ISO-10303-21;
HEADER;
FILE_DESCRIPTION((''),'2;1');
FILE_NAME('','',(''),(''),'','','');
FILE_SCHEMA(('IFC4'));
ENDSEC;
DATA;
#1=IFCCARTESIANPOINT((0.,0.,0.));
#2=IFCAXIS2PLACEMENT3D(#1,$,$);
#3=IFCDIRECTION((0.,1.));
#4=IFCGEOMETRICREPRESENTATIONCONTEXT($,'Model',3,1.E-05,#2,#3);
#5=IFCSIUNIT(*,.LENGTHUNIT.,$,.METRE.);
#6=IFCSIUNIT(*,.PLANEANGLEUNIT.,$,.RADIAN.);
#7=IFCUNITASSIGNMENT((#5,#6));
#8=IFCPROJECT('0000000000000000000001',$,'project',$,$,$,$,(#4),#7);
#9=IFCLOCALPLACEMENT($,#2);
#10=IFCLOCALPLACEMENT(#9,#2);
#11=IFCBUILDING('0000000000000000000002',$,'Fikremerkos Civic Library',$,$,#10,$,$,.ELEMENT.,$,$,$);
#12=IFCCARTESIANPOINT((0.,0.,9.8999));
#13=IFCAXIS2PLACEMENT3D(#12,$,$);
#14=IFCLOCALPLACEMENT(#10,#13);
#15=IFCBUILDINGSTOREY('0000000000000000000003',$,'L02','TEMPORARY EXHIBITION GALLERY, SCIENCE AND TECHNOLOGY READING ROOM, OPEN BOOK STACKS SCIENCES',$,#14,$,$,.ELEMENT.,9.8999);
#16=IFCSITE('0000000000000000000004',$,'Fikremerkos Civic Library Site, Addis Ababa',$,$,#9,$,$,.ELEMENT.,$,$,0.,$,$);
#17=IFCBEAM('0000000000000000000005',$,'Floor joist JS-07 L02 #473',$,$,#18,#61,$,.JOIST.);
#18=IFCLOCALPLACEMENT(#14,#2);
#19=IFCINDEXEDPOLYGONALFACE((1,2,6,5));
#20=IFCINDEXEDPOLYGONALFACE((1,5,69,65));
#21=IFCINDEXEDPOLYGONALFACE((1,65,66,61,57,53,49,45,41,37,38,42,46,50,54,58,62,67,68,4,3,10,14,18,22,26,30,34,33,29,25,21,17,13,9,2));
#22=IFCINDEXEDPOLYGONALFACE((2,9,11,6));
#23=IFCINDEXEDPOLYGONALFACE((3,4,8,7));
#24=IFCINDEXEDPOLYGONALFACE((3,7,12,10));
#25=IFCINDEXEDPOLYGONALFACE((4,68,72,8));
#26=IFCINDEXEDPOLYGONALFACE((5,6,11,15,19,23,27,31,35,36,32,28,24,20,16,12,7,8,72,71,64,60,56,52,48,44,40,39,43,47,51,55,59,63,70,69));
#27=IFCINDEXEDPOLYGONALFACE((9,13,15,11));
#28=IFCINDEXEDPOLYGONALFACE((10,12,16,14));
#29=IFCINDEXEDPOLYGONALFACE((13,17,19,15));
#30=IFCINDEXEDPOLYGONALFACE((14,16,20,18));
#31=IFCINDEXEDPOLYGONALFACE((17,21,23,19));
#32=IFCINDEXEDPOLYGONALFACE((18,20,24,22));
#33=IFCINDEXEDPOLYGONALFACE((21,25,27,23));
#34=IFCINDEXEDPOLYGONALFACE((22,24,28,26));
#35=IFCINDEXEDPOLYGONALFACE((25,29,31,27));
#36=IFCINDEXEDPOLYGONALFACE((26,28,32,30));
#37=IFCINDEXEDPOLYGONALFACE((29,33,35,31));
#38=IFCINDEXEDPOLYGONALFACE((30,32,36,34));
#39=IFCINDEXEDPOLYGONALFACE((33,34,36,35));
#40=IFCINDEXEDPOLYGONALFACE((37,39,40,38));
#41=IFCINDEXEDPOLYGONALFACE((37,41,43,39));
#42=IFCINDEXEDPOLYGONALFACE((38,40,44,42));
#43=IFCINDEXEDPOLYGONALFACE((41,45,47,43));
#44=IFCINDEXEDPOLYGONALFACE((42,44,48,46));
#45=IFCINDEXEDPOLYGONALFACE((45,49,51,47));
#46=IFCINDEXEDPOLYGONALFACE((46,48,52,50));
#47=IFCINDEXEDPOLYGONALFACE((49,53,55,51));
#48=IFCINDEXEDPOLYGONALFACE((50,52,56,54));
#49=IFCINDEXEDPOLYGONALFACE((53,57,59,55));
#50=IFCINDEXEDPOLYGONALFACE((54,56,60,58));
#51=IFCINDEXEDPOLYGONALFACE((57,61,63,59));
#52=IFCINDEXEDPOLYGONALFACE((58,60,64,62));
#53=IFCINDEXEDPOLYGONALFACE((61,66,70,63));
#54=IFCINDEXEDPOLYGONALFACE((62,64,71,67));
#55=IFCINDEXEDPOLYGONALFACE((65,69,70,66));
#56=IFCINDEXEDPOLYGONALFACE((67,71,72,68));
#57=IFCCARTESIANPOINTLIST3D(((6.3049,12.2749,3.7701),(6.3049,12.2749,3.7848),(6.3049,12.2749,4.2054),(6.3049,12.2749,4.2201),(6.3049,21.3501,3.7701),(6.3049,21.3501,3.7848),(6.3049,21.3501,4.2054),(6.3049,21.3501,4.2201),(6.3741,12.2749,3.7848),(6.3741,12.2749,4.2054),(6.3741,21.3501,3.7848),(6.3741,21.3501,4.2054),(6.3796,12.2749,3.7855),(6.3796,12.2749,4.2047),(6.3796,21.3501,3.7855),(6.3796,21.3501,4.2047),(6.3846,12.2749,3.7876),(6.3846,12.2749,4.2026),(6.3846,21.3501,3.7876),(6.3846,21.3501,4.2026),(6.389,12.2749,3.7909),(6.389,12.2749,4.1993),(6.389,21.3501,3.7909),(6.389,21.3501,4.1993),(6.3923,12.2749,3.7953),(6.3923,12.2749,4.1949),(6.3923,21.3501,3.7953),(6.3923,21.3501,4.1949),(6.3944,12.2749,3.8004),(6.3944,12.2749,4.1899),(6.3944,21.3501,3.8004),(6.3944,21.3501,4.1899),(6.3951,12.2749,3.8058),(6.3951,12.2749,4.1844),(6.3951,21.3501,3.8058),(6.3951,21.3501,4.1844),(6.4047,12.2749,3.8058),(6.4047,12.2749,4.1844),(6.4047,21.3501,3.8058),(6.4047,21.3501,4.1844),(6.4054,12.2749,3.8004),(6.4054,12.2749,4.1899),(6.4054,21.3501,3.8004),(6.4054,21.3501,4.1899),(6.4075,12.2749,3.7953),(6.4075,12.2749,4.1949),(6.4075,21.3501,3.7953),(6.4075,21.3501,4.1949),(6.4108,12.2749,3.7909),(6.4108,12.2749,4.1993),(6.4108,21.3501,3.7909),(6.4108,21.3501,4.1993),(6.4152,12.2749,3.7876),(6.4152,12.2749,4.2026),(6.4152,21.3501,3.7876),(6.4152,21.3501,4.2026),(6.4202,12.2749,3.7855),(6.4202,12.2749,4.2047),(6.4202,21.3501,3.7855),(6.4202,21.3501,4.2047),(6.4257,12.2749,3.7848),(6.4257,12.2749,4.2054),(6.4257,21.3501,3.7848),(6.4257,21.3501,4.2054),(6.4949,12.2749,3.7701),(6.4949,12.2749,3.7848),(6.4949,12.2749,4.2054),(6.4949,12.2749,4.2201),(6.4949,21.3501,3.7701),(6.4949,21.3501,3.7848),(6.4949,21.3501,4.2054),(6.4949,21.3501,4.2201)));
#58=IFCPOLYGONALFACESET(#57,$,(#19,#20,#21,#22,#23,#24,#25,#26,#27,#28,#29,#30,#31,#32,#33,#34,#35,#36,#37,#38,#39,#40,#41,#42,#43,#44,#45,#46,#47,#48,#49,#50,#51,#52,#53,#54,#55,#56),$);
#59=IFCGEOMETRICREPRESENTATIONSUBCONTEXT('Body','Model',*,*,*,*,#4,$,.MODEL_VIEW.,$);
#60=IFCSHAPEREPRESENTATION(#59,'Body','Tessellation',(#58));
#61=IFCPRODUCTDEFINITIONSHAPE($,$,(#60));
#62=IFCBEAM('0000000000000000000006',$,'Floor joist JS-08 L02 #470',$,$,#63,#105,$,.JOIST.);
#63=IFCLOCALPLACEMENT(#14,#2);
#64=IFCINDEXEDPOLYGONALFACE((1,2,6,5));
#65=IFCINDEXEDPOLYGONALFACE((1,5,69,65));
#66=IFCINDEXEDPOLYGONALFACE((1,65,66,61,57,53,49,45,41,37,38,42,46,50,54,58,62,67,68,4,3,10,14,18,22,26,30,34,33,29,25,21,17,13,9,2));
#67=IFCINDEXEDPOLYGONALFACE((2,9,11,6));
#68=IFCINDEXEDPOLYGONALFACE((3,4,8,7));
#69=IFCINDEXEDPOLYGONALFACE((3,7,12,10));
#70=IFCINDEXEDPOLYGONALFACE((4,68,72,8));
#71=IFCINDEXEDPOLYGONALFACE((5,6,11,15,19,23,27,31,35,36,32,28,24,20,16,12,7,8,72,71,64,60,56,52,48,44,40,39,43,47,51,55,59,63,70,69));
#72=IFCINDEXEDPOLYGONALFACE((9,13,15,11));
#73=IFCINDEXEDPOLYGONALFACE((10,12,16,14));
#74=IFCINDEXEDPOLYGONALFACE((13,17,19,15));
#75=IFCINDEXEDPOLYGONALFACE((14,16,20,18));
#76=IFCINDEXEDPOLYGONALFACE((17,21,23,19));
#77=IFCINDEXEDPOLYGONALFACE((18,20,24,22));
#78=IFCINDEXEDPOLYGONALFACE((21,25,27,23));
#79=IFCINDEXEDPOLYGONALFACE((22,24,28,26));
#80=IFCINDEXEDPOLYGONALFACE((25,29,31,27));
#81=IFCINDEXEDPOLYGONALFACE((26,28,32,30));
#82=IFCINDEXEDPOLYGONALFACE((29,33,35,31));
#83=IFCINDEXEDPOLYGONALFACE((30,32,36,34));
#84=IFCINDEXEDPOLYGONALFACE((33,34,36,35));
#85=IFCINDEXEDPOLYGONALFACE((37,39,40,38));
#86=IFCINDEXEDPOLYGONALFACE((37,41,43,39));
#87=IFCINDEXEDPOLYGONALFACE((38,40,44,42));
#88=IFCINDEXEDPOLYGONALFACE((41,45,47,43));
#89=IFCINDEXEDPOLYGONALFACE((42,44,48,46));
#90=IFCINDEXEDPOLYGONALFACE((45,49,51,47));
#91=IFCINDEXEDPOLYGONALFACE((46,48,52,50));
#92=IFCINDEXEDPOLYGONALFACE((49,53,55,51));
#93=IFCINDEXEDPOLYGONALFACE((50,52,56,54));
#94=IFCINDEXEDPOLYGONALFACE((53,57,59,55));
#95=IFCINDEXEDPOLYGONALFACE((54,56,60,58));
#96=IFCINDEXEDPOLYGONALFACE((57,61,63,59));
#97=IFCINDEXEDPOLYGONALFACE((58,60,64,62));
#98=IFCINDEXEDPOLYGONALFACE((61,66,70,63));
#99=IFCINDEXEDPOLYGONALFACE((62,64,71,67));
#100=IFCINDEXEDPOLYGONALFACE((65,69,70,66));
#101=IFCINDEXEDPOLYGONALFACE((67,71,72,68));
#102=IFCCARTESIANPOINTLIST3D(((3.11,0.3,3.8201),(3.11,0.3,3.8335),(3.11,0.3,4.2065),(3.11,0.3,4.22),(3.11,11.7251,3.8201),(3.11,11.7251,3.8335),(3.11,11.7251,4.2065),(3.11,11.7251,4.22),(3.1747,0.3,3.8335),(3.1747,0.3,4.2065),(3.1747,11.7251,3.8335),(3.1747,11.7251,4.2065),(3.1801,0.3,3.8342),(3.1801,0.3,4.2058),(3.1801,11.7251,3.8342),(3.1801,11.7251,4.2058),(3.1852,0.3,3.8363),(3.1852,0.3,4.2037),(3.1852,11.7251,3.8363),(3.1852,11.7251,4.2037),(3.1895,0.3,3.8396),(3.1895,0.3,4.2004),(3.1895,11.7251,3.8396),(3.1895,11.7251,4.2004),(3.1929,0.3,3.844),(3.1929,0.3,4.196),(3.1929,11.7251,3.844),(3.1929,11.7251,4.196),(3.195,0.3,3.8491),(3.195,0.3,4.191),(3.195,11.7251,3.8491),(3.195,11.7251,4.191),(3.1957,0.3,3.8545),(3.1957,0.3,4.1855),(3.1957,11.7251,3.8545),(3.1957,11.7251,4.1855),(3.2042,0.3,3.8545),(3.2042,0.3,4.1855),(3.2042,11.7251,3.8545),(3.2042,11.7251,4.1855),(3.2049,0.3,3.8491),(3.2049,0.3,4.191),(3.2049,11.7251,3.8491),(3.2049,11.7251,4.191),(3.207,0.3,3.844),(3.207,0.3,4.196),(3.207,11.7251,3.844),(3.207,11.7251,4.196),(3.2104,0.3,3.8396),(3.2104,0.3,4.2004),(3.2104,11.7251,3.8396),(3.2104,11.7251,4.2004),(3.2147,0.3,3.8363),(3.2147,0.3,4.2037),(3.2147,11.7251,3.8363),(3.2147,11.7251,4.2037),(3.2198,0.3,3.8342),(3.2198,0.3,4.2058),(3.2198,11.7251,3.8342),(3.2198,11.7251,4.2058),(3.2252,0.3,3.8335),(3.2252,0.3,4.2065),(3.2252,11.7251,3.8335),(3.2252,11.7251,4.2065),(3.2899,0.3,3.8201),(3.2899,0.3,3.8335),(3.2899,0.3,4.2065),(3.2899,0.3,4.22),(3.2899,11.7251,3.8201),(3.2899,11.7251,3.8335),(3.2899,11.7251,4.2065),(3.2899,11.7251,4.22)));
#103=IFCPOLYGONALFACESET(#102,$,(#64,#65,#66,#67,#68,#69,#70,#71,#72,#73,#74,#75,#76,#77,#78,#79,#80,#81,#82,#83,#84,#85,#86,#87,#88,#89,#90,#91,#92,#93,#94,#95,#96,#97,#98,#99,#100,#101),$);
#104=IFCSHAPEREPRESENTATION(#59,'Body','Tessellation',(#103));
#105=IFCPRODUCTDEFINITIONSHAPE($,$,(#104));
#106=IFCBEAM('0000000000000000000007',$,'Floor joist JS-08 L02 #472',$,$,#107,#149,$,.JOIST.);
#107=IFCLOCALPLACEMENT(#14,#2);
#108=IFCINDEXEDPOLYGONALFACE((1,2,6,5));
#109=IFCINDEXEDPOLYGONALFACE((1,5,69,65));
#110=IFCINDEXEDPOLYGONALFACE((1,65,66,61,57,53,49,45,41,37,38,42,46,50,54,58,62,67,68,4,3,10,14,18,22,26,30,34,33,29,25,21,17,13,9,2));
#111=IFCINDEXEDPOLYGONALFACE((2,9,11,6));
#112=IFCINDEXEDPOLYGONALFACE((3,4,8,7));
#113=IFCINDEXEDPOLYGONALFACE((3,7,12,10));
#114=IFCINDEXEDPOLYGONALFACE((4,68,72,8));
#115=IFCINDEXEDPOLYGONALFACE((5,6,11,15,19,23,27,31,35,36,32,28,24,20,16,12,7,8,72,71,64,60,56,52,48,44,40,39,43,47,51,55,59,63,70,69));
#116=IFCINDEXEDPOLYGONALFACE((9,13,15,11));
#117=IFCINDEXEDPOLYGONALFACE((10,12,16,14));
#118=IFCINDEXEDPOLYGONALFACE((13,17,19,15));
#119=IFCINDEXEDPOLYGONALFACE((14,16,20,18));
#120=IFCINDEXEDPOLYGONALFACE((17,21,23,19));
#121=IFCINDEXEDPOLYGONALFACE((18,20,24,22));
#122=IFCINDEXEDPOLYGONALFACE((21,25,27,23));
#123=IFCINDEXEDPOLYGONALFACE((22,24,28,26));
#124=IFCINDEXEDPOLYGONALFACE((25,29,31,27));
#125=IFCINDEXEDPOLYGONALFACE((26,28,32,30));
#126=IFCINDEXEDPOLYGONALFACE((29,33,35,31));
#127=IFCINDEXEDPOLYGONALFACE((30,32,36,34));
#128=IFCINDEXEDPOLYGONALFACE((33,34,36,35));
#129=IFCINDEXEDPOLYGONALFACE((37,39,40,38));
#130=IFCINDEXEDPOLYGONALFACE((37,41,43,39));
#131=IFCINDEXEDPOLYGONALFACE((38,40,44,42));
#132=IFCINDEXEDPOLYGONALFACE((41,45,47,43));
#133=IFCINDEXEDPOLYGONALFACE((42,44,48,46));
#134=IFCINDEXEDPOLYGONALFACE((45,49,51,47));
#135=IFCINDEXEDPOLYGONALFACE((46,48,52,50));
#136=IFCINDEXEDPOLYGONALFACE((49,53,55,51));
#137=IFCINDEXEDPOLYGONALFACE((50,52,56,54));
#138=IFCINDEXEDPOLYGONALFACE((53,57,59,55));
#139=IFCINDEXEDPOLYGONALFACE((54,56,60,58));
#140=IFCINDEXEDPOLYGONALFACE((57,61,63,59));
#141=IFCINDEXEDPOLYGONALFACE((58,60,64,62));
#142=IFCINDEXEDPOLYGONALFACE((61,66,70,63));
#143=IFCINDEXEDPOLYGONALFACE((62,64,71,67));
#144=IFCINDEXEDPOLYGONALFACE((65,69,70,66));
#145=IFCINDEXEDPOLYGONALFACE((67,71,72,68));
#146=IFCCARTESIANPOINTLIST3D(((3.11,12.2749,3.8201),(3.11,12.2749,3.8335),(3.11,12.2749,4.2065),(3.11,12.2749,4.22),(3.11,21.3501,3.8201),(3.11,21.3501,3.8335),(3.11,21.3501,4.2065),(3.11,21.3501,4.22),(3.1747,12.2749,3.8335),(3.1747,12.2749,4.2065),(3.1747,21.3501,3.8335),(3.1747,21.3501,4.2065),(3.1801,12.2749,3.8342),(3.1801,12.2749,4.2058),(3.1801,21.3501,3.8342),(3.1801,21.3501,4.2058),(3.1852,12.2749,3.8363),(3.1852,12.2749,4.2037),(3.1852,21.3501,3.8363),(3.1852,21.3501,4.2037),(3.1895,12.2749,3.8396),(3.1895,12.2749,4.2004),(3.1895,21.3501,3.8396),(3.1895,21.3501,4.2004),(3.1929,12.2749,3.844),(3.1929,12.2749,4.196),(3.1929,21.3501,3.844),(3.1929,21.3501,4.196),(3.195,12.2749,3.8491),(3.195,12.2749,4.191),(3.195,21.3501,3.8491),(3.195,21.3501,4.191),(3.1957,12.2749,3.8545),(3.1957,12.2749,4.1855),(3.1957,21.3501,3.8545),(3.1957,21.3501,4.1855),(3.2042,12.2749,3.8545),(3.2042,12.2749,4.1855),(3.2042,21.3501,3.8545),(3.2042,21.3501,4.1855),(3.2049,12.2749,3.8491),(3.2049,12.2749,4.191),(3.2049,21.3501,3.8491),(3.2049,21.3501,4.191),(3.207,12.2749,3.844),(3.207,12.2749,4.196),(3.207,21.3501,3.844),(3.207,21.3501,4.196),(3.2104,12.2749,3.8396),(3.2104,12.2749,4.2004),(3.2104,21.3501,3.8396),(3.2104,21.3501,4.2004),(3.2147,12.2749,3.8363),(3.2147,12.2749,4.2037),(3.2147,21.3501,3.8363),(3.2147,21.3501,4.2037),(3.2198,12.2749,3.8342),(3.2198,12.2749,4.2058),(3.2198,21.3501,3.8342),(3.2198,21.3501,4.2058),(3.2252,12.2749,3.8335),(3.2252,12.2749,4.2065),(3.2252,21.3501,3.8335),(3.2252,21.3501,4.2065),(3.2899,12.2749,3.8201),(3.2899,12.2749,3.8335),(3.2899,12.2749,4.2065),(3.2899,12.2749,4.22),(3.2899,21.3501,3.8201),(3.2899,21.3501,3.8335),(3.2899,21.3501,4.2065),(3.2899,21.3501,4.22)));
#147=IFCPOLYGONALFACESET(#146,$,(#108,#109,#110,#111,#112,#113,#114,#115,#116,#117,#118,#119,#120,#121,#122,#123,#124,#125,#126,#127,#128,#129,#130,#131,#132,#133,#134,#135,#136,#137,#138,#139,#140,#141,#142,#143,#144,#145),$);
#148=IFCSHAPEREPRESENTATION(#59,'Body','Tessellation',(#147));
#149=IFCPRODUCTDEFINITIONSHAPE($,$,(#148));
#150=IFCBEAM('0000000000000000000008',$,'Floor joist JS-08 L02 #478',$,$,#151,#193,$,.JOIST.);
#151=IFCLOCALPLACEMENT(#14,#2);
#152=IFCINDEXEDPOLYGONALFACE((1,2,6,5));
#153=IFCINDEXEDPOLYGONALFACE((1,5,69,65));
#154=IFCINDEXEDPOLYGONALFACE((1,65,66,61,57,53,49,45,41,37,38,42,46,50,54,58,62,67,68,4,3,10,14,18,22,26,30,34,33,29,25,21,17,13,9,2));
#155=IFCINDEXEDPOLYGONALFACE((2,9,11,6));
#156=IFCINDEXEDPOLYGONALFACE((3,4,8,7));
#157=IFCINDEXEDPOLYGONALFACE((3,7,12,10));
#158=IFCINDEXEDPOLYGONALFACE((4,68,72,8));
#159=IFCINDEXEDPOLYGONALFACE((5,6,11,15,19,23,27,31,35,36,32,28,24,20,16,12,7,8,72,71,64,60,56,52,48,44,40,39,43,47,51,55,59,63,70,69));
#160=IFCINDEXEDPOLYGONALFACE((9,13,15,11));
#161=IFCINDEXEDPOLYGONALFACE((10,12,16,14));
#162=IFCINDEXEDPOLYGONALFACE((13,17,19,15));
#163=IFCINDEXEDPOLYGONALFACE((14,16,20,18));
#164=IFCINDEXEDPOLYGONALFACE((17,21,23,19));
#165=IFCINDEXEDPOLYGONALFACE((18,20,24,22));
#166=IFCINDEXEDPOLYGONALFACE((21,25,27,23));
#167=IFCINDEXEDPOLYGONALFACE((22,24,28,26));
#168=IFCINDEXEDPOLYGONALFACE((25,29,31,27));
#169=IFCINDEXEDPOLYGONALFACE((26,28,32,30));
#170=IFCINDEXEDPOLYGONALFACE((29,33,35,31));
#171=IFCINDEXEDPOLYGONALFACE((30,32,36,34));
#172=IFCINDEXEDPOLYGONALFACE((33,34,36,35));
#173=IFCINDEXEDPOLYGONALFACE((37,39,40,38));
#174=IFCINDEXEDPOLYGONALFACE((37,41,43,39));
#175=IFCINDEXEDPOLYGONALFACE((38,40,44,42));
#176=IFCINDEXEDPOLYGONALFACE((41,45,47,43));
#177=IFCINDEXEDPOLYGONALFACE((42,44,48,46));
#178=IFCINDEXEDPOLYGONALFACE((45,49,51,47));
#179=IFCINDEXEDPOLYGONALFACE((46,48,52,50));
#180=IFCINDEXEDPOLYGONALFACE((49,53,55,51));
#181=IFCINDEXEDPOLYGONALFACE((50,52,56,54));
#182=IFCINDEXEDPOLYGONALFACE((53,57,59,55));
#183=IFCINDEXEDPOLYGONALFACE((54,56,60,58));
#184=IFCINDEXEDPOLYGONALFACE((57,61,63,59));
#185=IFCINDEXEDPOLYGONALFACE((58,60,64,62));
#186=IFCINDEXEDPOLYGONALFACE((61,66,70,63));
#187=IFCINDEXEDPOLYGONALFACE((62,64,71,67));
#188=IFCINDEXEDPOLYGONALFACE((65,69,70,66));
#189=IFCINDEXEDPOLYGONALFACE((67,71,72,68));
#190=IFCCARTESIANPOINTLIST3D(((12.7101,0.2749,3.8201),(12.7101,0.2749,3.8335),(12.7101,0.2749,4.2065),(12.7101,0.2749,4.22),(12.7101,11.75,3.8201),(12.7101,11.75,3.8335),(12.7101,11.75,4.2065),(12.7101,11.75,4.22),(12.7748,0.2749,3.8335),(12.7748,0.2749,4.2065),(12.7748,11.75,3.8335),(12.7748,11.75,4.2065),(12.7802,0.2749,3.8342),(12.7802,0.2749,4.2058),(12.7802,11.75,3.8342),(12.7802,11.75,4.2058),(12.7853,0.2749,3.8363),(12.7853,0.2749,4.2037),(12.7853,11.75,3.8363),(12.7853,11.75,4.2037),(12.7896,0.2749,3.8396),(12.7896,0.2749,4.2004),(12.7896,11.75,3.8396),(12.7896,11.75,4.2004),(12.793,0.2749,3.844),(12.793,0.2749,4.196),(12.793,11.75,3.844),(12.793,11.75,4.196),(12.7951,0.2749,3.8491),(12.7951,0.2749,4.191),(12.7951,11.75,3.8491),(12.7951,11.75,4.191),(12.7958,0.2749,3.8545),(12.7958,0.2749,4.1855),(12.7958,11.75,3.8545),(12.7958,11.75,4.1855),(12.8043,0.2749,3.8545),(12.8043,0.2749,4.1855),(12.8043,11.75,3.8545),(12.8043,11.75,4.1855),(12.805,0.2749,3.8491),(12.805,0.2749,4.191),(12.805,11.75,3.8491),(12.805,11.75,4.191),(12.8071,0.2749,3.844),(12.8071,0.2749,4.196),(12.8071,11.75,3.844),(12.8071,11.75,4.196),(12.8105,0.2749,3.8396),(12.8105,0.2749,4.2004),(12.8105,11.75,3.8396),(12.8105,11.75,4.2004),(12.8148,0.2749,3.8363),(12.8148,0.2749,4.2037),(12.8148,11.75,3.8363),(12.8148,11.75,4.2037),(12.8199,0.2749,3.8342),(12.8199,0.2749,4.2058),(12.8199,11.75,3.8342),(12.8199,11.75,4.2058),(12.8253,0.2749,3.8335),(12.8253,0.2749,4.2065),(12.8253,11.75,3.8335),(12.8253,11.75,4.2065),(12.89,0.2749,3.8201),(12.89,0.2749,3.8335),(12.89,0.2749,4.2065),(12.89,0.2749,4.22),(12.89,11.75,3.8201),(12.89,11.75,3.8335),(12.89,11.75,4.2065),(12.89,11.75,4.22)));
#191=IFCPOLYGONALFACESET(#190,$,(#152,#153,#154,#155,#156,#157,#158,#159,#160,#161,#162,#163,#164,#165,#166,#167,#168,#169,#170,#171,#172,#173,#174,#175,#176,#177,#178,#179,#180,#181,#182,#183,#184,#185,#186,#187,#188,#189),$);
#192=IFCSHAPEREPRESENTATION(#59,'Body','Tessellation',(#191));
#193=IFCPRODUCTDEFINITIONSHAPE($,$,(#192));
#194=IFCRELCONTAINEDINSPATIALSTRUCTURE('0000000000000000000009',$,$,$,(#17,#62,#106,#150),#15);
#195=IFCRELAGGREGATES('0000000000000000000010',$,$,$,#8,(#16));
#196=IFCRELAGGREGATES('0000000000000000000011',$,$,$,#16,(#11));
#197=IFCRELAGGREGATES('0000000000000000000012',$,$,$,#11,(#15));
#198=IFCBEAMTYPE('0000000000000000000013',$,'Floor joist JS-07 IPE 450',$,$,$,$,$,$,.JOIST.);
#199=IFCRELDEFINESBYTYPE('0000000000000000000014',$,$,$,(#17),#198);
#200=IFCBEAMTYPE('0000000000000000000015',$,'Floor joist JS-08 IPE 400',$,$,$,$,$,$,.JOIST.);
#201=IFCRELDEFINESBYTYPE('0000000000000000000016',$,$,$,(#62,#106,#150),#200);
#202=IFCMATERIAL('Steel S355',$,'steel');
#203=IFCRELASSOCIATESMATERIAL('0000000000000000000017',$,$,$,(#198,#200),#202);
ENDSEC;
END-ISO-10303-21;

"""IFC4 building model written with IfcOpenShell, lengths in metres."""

from ifc_helpers import new_model, si_unit, direction, frame, origin, origin_2d, place, context, subcontext, project, spatial, i_section, extrude, material, material_profile, profile_set, type_object, element, save


model = new_model("IFC4")

# Units and contexts
model_context = context("Model", 3, precision=1e-05, world=origin(), true_north=direction((0.0, 1.0)))
body_context = subcontext(model_context, "Body", "Model", "MODEL_VIEW")
ifc_project = project(units=[si_unit("LENGTHUNIT", "METRE"), si_unit("PLANEANGLEUNIT", "RADIAN")], contexts=[model_context])

# Site, building, storey
site_placement = place(None, origin())
site = spatial("IfcSite", under=ifc_project, at=site_placement, Name="Fikremerkos Civic Library Site, Addis Ababa", CompositionType="ELEMENT", RefElevation=0.0)
building_placement = place(site_placement, origin())
building = spatial("IfcBuilding", under=site, at=building_placement, Name="Fikremerkos Civic Library", CompositionType="ELEMENT")
storey_placement = place(building_placement, frame((0.0, 0.0, 9.8999)))
storey = spatial("IfcBuildingStorey", under=building, at=storey_placement, Name="L02", Description="TEMPORARY EXHIBITION GALLERY, SCIENCE AND TECHNOLOGY READING ROOM, OPEN BOOK STACKS SCIENCES", CompositionType="ELEMENT", Elevation=9.8999)

# Shared definitions
ifc_material_1 = material(Name="Steel S355", Category="steel")

# Beams
ifc_material_profile_1 = material_profile(ifc_material_1, i_section(OverallWidth=0.1899, OverallDepth=0.45, WebThickness=0.0095, FlangeThickness=0.0146, FilletRadius=0.021, at=origin_2d()), Name="IPE 450")
ifc_profile_set_1 = profile_set([ifc_material_profile_1], Name="Steel S355")
beam_type_1 = type_object("IfcBeamType", Name="Floor joist JS-07 IPE 450", PredefinedType="JOIST", material=ifc_profile_set_1)
beam_1_placement = place(storey_placement, frame((6.3999, 12.2749, 3.9951), z_axis=(0.0, 1.0, 0.0), x_axis=(-1.0, 0.0, 0.0)))
element("IfcBeam", 1, at=beam_1_placement, inside=storey, type_object=beam_type_1, Name="Floor joist JS-07 L02 #473", PredefinedType="JOIST", context=body_context, shape_type="SweptSolid", body=[
    extrude(i_section(OverallWidth=0.1899, OverallDepth=0.45, WebThickness=0.0095, FlangeThickness=0.0146, FilletRadius=0.021, at=origin_2d()), origin(), (0.0, 0.0, 1.0), 9.0752),
])
ifc_material_profile_2 = material_profile(ifc_material_1, i_section(OverallWidth=0.1799, OverallDepth=0.3999, WebThickness=0.0085, FlangeThickness=0.0134, FilletRadius=0.021, at=origin_2d()), Name="IPE 400")
ifc_profile_set_2 = profile_set([ifc_material_profile_2], Name="Steel S355")
beam_type_2 = type_object("IfcBeamType", Name="Floor joist JS-08 IPE 400", PredefinedType="JOIST", material=ifc_profile_set_2)
beam_2_placement = place(storey_placement, frame((3.2, 0.3, 4.02), z_axis=(0.0, 1.0, 0.0), x_axis=(-1.0, 0.0, 0.0)))
element("IfcBeam", 2, at=beam_2_placement, inside=storey, type_object=beam_type_2, Name="Floor joist JS-08 L02 #470", PredefinedType="JOIST", context=body_context, shape_type="SweptSolid", body=[
    extrude(i_section(OverallWidth=0.1799, OverallDepth=0.3999, WebThickness=0.0085, FlangeThickness=0.0134, FilletRadius=0.021, at=origin_2d()), origin(), (0.0, 0.0, 1.0), 11.425),
])
beam_3_placement = place(storey_placement, frame((3.2, 12.2749, 4.02), z_axis=(0.0, 1.0, 0.0), x_axis=(-1.0, 0.0, 0.0)))
element("IfcBeam", 3, at=beam_3_placement, inside=storey, type_object=beam_type_2, Name="Floor joist JS-08 L02 #472", PredefinedType="JOIST", context=body_context, shape_type="SweptSolid", body=[
    extrude(i_section(OverallWidth=0.1799, OverallDepth=0.3999, WebThickness=0.0085, FlangeThickness=0.0134, FilletRadius=0.021, at=origin_2d()), origin(), (0.0, 0.0, 1.0), 9.0752),
])
beam_4_placement = place(storey_placement, frame((12.8, 0.2749, 4.02), z_axis=(0.0, 1.0, 0.0), x_axis=(-1.0, 0.0, 0.0)))
element("IfcBeam", 4, at=beam_4_placement, inside=storey, type_object=beam_type_2, Name="Floor joist JS-08 L02 #478", PredefinedType="JOIST", context=body_context, shape_type="SweptSolid", body=[
    extrude(i_section(OverallWidth=0.1799, OverallDepth=0.3999, WebThickness=0.0085, FlangeThickness=0.0134, FilletRadius=0.021, at=origin_2d()), origin(), (0.0, 0.0, 1.0), 11.4751),
])

save(model, "model.ifc")
